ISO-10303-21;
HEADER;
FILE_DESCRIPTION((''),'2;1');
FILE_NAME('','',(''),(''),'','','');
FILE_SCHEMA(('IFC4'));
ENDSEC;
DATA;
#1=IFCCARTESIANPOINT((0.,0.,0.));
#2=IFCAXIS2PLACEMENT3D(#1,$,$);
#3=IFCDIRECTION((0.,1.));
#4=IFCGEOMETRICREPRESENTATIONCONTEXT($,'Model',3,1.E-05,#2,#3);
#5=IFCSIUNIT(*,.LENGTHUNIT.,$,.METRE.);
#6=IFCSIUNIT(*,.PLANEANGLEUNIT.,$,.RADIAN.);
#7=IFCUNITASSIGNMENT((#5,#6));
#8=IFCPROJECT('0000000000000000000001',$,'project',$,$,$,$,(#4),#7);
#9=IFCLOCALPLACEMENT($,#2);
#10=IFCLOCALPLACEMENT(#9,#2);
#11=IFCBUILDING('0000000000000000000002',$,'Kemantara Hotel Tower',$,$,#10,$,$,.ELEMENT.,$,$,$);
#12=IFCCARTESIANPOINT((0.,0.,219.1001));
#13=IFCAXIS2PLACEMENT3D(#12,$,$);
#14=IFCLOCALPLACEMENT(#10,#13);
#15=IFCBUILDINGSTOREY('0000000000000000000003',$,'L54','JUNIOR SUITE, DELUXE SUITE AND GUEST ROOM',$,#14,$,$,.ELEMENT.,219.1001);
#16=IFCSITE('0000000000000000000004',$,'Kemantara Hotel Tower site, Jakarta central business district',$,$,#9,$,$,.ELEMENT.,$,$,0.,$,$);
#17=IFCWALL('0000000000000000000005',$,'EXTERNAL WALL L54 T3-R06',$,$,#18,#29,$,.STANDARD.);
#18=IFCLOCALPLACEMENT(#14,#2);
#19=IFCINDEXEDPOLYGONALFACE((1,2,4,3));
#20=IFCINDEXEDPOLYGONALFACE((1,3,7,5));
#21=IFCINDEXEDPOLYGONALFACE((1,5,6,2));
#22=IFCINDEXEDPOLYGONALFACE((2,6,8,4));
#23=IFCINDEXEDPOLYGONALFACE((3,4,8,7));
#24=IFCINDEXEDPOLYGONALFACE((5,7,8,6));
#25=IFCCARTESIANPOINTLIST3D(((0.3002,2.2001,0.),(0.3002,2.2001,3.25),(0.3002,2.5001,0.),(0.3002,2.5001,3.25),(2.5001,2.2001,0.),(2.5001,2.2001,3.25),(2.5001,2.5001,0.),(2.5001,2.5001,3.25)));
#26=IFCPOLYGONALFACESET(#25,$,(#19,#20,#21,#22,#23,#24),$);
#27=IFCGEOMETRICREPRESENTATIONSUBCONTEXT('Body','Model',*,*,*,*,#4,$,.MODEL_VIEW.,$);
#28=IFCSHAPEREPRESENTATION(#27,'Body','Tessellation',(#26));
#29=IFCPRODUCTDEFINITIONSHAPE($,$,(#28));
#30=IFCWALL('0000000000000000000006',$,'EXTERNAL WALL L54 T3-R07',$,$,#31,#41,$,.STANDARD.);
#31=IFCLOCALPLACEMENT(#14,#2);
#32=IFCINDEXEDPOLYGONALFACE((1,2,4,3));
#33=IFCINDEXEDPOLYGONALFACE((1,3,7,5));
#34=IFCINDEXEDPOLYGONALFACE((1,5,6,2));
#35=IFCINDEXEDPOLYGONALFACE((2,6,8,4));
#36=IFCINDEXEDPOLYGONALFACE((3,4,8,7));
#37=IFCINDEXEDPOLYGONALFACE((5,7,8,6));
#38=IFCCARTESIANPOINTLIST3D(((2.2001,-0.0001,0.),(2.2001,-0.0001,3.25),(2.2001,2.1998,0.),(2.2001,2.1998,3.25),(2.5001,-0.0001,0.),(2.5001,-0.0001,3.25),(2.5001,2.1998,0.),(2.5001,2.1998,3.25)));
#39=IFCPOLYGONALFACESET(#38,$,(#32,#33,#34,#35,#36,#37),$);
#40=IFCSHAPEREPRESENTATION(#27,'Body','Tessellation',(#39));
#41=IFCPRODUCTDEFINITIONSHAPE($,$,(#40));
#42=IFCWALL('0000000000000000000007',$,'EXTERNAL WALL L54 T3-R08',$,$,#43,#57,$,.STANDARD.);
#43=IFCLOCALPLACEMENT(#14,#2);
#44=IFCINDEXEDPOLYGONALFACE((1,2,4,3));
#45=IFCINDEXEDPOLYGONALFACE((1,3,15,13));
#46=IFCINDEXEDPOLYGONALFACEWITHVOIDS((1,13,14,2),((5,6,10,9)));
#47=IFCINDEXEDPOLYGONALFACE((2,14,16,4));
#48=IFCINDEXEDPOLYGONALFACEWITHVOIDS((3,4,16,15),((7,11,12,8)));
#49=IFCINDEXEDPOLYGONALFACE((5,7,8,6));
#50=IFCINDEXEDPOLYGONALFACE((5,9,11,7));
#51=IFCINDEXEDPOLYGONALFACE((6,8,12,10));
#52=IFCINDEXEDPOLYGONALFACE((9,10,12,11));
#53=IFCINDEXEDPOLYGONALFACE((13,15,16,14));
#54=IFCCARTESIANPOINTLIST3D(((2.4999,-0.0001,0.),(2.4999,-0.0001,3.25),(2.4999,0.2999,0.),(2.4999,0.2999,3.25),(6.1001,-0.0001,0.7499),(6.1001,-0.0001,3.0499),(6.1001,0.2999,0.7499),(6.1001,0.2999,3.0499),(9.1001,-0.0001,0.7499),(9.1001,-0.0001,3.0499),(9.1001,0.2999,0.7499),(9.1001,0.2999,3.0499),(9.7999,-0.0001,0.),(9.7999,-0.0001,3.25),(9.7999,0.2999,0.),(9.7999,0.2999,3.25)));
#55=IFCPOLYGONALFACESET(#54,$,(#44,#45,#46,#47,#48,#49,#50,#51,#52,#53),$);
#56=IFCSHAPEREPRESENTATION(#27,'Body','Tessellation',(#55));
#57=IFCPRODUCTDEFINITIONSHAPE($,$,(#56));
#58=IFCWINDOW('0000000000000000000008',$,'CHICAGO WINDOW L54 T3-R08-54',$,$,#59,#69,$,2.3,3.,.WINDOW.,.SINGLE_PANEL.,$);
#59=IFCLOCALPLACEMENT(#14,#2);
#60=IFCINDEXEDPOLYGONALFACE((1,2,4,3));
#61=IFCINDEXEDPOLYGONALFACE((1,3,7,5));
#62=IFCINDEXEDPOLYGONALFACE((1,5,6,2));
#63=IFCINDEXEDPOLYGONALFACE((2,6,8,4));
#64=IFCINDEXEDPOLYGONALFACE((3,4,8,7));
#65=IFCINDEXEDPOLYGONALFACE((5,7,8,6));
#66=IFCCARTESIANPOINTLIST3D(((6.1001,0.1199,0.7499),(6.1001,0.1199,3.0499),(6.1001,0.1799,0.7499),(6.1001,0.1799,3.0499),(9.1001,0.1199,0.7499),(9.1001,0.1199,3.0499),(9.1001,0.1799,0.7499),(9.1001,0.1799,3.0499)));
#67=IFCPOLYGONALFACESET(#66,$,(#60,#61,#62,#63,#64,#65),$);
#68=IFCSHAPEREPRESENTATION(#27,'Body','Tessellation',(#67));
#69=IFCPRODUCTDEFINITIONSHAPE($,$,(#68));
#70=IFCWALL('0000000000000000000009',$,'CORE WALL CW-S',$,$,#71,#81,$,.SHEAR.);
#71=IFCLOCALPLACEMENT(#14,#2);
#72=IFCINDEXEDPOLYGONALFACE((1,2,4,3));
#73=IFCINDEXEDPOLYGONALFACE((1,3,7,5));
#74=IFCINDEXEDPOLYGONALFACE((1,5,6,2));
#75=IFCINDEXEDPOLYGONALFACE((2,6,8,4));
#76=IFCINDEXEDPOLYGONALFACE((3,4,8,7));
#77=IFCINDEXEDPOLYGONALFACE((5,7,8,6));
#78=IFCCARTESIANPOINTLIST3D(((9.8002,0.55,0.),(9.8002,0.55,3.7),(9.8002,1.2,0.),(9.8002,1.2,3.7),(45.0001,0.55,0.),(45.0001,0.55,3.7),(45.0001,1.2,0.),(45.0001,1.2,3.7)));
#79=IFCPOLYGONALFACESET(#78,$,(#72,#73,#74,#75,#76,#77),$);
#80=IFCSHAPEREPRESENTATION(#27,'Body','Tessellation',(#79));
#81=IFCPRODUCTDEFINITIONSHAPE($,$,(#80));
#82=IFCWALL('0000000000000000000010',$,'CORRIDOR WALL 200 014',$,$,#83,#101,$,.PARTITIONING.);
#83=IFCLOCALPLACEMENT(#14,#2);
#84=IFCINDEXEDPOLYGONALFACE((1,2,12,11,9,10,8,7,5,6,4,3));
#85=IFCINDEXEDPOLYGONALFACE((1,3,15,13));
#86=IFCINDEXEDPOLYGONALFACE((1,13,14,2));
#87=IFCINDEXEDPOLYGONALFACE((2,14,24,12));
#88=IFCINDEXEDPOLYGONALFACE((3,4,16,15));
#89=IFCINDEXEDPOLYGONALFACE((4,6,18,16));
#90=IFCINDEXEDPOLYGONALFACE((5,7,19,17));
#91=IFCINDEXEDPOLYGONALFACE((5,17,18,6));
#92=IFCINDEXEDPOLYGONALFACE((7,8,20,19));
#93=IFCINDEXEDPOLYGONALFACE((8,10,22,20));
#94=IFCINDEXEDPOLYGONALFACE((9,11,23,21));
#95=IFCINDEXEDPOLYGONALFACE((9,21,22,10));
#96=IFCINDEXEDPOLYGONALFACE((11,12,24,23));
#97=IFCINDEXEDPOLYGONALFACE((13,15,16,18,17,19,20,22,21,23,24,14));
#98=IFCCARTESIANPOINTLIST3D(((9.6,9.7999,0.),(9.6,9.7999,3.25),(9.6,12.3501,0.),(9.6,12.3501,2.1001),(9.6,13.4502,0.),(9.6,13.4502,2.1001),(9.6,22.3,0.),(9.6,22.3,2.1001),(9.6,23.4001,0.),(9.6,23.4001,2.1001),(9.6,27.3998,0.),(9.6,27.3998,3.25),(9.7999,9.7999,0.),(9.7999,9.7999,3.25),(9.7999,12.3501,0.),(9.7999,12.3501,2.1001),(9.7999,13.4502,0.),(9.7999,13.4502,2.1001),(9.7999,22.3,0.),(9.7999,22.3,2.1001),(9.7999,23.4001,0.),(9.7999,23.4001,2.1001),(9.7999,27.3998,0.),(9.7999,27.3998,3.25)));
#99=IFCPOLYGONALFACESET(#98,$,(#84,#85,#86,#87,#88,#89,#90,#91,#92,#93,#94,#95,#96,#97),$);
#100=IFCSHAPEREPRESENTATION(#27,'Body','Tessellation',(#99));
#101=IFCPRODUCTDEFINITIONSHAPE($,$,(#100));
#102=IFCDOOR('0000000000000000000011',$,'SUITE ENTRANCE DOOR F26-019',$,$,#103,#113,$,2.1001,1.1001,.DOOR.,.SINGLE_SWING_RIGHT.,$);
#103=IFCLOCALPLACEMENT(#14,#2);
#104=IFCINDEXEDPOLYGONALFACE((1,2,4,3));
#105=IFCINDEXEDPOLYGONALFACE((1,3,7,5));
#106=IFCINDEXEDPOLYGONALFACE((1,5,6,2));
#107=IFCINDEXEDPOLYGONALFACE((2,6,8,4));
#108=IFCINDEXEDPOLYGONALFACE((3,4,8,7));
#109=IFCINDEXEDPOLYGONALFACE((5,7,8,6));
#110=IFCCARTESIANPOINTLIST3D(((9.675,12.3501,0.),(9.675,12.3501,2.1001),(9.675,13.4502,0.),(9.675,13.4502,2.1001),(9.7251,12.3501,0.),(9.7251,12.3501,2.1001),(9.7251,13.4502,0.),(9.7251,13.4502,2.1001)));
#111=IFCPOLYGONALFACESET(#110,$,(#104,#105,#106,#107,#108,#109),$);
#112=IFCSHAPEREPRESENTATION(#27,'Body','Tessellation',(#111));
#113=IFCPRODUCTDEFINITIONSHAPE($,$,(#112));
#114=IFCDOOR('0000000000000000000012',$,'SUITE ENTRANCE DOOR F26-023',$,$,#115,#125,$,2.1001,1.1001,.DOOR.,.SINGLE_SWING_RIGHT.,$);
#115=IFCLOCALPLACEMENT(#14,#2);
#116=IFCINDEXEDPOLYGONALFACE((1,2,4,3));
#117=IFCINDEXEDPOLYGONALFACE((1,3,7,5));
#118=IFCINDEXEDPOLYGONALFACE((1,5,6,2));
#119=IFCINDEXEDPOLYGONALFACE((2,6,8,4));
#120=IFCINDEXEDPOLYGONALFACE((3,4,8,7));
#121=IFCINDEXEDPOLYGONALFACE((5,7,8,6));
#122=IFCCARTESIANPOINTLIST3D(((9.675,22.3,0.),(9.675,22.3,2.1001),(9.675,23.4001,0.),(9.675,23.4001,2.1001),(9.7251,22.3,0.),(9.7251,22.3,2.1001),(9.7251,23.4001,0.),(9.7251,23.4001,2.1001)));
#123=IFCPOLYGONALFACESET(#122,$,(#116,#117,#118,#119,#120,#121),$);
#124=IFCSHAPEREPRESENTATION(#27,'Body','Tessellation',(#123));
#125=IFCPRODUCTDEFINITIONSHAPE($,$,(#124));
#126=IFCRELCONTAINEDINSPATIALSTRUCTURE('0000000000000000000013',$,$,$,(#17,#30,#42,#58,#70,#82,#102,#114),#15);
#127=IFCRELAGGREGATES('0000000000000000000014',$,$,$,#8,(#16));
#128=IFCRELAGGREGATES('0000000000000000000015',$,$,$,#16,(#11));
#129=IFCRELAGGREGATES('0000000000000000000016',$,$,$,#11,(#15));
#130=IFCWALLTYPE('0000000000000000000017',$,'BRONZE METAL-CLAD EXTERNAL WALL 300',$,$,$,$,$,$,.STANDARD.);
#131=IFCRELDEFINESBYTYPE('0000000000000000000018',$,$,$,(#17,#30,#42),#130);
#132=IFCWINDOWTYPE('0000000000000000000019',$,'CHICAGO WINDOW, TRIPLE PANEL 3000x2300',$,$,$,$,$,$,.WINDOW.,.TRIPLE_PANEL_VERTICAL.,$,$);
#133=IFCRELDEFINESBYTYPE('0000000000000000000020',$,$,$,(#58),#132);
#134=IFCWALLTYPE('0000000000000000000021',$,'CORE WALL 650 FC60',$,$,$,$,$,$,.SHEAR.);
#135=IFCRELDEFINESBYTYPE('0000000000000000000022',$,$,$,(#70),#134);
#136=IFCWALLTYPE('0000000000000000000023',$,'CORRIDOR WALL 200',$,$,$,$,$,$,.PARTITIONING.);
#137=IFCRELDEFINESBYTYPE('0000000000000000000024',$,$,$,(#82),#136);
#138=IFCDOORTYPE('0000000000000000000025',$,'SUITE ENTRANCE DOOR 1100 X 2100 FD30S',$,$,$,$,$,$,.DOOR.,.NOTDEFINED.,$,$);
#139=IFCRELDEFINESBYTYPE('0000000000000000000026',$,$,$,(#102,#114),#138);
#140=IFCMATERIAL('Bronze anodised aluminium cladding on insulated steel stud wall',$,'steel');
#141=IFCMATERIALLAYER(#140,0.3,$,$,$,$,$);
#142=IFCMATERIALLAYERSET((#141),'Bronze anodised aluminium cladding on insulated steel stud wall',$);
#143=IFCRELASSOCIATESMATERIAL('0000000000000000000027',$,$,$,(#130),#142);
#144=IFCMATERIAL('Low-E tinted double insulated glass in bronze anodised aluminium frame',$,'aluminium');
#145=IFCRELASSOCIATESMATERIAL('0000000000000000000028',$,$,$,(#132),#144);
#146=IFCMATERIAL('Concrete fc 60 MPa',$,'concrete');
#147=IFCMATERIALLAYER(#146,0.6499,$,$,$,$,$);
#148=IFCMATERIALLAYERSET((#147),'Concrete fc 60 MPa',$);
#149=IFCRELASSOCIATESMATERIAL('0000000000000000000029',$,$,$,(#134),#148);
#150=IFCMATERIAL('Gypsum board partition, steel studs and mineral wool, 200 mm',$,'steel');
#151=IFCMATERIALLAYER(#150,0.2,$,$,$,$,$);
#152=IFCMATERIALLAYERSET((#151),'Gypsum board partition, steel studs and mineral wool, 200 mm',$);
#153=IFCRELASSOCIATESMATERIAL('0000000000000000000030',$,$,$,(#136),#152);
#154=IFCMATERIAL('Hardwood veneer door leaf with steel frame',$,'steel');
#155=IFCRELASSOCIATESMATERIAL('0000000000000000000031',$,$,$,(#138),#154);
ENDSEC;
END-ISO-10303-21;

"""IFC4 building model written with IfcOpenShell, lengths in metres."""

from ifc_helpers import new_model, si_unit, direction, frame, frame_2d, origin, place, context, subcontext, project, spatial, rectangle, extrude, material, layer, layer_set, type_object, element, fill, save


model = new_model("IFC4")

# Units and contexts
model_context = context("Model", 3, precision=1e-05, world=origin(), true_north=direction((0.0, 1.0)))
body_context = subcontext(model_context, "Body", "Model", "MODEL_VIEW")
ifc_project = project(units=[si_unit("LENGTHUNIT", "METRE"), si_unit("PLANEANGLEUNIT", "RADIAN")], contexts=[model_context])

# Site, building, storey
site_placement = place(None, origin())
site = spatial("IfcSite", under=ifc_project, at=site_placement, Name="Kemantara Hotel Tower site, Jakarta central business district", CompositionType="ELEMENT", RefElevation=0.0)
building_placement = place(site_placement, origin())
building = spatial("IfcBuilding", under=site, at=building_placement, Name="Kemantara Hotel Tower", CompositionType="ELEMENT")
storey_placement = place(building_placement, frame((0.0, 0.0, 219.1001)))
storey = spatial("IfcBuildingStorey", under=building, at=storey_placement, Name="L54", Description="JUNIOR SUITE, DELUXE SUITE AND GUEST ROOM", CompositionType="ELEMENT", Elevation=219.1001)

# Shared definitions
ifc_material_1 = material(Name="Concrete fc 60 MPa", Category="concrete")

# Walls
ifc_material_2 = material(Name="Bronze anodised aluminium cladding on insulated steel stud wall", Category="steel")
ifc_layer_1 = layer(ifc_material_2, 0.3)
ifc_layer_set_1 = layer_set([ifc_layer_1], Name="Bronze anodised aluminium cladding on insulated steel stud wall")
wall_type_1 = type_object("IfcWallType", Name="BRONZE METAL-CLAD EXTERNAL WALL 300", PredefinedType="STANDARD", material=ifc_layer_set_1)
for number, where, z_axis, x_axis, name in (
    (1, (0.3, 2.3501, 0.0), (0.0, 0.0, 1.0), (1.0, 0.0, 0.0), "EXTERNAL WALL L54 T3-R06"),
    (2, (2.3501, 2.2, 0.0), (0.0, 0.0, 1.0), (0.0, -1.0, 0.0), "EXTERNAL WALL L54 T3-R07"),
):
    element("IfcWall", number, at=place(storey_placement, frame(where, z_axis=z_axis, x_axis=x_axis)), inside=storey, type_object=wall_type_1, Name=name, PredefinedType="STANDARD", context=body_context, shape_type="SweptSolid", body=[
        extrude(rectangle(XDim=2.2, YDim=0.3, at=frame_2d((1.1001, 0.0))), origin(), (0.0, 0.0, 1.0), 3.25),
    ])

# Wall, opening, window
wall_1_placement = place(storey_placement, frame((2.5, 0.1499, 0.0), z_axis=(0.0, 0.0, 1.0), x_axis=(1.0, 0.0, 0.0)))
wall_1 = element("IfcWall", 3, at=wall_1_placement, inside=storey, type_object=wall_type_1, Name="EXTERNAL WALL L54 T3-R08", PredefinedType="STANDARD", context=body_context, shape_type="SweptSolid", body=[
    extrude(rectangle(XDim=7.3, YDim=0.3, at=frame_2d((3.6499, 0.0))), origin(), (0.0, 0.0, 1.0), 3.25),
])
opening_1_placement = place(wall_1_placement, frame((3.6001, 0.0, 0.75)))
opening_1 = element("IfcOpeningElement", 4, at=opening_1_placement, cuts=wall_1, PredefinedType="OPENING", context=body_context, shape_type="SweptSolid", body=[
    extrude(rectangle(XDim=3.0, YDim=2.3, at=frame_2d((1.5, 1.1499))), frame((0.0, 0.1599, 0.0), z_axis=(0.0, -1.0, 0.0), x_axis=(1.0, 0.0, 0.0)), (0.0, 0.0, 1.0), 0.3201),
])
ifc_material_3 = material(Name="Low-E tinted double insulated glass in bronze anodised aluminium frame", Category="aluminium")
window_type = type_object("IfcWindowType", Name="CHICAGO WINDOW, TRIPLE PANEL 3000x2300", PartitioningType="TRIPLE_PANEL_VERTICAL", PredefinedType="WINDOW", material=ifc_material_3)
window_placement = place(opening_1_placement, origin())
window = element("IfcWindow", 5, at=window_placement, inside=storey, type_object=window_type, Name="CHICAGO WINDOW L54 T3-R08-54", OverallHeight=2.3, OverallWidth=3.0, PartitioningType="SINGLE_PANEL", PredefinedType="WINDOW", context=body_context, shape_type="SweptSolid", body=[
    extrude(rectangle(XDim=3.0, YDim=2.3, at=frame_2d((1.5, 1.1499))), frame((0.0, 0.03, 0.0), z_axis=(0.0, -1.0, 0.0), x_axis=(1.0, 0.0, 0.0)), (0.0, 0.0, 1.0), 0.0601),
])
fill(opening_1, window)

# Wall
ifc_layer_2 = layer(ifc_material_1, 0.6499)
ifc_layer_set_2 = layer_set([ifc_layer_2], Name="Concrete fc 60 MPa")
wall_type_2 = type_object("IfcWallType", Name="CORE WALL 650 FC60", PredefinedType="SHEAR", material=ifc_layer_set_2)
wall_2_placement = place(storey_placement, frame((9.8, 0.875, 0.0), z_axis=(0.0, 0.0, 1.0), x_axis=(1.0, 0.0, 0.0)))
element("IfcWall", 6, at=wall_2_placement, inside=storey, type_object=wall_type_2, Name="CORE WALL CW-S", PredefinedType="SHEAR", context=body_context, shape_type="SweptSolid", body=[
    extrude(rectangle(XDim=35.2, YDim=0.6499, at=frame_2d((17.6001, 0.0))), origin(), (0.0, 0.0, 1.0), 3.7),
])

# Wall, openings, doors
ifc_material_4 = material(Name="Gypsum board partition, steel studs and mineral wool, 200 mm", Category="steel")
ifc_layer_3 = layer(ifc_material_4, 0.2)
ifc_layer_set_3 = layer_set([ifc_layer_3], Name="Gypsum board partition, steel studs and mineral wool, 200 mm")
wall_type_3 = type_object("IfcWallType", Name="CORRIDOR WALL 200", PredefinedType="PARTITIONING", material=ifc_layer_set_3)
wall_3_placement = place(storey_placement, frame((9.7, 9.8, 0.0), z_axis=(0.0, 0.0, 1.0), x_axis=(0.0, 1.0, 0.0)))
wall_3 = element("IfcWall", 7, at=wall_3_placement, inside=storey, type_object=wall_type_3, Name="CORRIDOR WALL 200 014", PredefinedType="PARTITIONING", context=body_context, shape_type="SweptSolid", body=[
    extrude(rectangle(XDim=17.5999, YDim=0.2, at=frame_2d((8.7998, 0.0))), origin(), (0.0, 0.0, 1.0), 3.25),
])
opening_2_placement = place(wall_3_placement, frame((2.55, 0.0, 0.0)))
opening_2 = element("IfcOpeningElement", 8, at=opening_2_placement, cuts=wall_3, PredefinedType="OPENING", context=body_context, shape_type="SweptSolid", body=[
    extrude(rectangle(XDim=1.1001, YDim=2.1001, at=frame_2d((0.55, 1.05))), frame((0.0, 0.1099, 0.0), z_axis=(0.0, -1.0, 0.0), x_axis=(1.0, 0.0, 0.0)), (0.0, 0.0, 1.0), 0.22),
])
opening_3_placement = place(wall_3_placement, frame((12.5, 0.0, 0.0)))
opening_3 = element("IfcOpeningElement", 9, at=opening_3_placement, cuts=wall_3, PredefinedType="OPENING", context=body_context, shape_type="SweptSolid", body=[
    extrude(rectangle(XDim=1.1001, YDim=2.1001, at=frame_2d((0.55, 1.05))), frame((0.0, 0.1099, 0.0), z_axis=(0.0, -1.0, 0.0), x_axis=(1.0, 0.0, 0.0)), (0.0, 0.0, 1.0), 0.22),
])
ifc_material_5 = material(Name="Hardwood veneer door leaf with steel frame", Category="steel")
door_type_1 = type_object("IfcDoorType", Name="SUITE ENTRANCE DOOR 1100 X 2100 FD30S", OperationType="NOTDEFINED", PredefinedType="DOOR", material=ifc_material_5)
door_1_placement = place(opening_2_placement, origin())
door_1 = element("IfcDoor", 10, at=door_1_placement, inside=storey, type_object=door_type_1, Name="SUITE ENTRANCE DOOR F26-019", OperationType="SINGLE_SWING_RIGHT", OverallHeight=2.1001, OverallWidth=1.1001, PredefinedType="DOOR", context=body_context, shape_type="SweptSolid", body=[
    extrude(rectangle(XDim=1.1001, YDim=2.1001, at=frame_2d((0.55, 1.05))), frame((0.0, 0.0249, 0.0), z_axis=(0.0, -1.0, 0.0), x_axis=(1.0, 0.0, 0.0)), (0.0, 0.0, 1.0), 0.05),
])
fill(opening_2, door_1)
door_2_placement = place(opening_3_placement, origin())
door_2 = element("IfcDoor", 11, at=door_2_placement, inside=storey, type_object=door_type_1, Name="SUITE ENTRANCE DOOR F26-023", OperationType="SINGLE_SWING_RIGHT", OverallHeight=2.1001, OverallWidth=1.1001, PredefinedType="DOOR", context=body_context, shape_type="SweptSolid", body=[
    extrude(rectangle(XDim=1.1001, YDim=2.1001, at=frame_2d((0.55, 1.05))), frame((0.0, 0.0249, 0.0), z_axis=(0.0, -1.0, 0.0), x_axis=(1.0, 0.0, 0.0)), (0.0, 0.0, 1.0), 0.05),
])
fill(opening_3, door_2)

save(model, "model.ifc")
